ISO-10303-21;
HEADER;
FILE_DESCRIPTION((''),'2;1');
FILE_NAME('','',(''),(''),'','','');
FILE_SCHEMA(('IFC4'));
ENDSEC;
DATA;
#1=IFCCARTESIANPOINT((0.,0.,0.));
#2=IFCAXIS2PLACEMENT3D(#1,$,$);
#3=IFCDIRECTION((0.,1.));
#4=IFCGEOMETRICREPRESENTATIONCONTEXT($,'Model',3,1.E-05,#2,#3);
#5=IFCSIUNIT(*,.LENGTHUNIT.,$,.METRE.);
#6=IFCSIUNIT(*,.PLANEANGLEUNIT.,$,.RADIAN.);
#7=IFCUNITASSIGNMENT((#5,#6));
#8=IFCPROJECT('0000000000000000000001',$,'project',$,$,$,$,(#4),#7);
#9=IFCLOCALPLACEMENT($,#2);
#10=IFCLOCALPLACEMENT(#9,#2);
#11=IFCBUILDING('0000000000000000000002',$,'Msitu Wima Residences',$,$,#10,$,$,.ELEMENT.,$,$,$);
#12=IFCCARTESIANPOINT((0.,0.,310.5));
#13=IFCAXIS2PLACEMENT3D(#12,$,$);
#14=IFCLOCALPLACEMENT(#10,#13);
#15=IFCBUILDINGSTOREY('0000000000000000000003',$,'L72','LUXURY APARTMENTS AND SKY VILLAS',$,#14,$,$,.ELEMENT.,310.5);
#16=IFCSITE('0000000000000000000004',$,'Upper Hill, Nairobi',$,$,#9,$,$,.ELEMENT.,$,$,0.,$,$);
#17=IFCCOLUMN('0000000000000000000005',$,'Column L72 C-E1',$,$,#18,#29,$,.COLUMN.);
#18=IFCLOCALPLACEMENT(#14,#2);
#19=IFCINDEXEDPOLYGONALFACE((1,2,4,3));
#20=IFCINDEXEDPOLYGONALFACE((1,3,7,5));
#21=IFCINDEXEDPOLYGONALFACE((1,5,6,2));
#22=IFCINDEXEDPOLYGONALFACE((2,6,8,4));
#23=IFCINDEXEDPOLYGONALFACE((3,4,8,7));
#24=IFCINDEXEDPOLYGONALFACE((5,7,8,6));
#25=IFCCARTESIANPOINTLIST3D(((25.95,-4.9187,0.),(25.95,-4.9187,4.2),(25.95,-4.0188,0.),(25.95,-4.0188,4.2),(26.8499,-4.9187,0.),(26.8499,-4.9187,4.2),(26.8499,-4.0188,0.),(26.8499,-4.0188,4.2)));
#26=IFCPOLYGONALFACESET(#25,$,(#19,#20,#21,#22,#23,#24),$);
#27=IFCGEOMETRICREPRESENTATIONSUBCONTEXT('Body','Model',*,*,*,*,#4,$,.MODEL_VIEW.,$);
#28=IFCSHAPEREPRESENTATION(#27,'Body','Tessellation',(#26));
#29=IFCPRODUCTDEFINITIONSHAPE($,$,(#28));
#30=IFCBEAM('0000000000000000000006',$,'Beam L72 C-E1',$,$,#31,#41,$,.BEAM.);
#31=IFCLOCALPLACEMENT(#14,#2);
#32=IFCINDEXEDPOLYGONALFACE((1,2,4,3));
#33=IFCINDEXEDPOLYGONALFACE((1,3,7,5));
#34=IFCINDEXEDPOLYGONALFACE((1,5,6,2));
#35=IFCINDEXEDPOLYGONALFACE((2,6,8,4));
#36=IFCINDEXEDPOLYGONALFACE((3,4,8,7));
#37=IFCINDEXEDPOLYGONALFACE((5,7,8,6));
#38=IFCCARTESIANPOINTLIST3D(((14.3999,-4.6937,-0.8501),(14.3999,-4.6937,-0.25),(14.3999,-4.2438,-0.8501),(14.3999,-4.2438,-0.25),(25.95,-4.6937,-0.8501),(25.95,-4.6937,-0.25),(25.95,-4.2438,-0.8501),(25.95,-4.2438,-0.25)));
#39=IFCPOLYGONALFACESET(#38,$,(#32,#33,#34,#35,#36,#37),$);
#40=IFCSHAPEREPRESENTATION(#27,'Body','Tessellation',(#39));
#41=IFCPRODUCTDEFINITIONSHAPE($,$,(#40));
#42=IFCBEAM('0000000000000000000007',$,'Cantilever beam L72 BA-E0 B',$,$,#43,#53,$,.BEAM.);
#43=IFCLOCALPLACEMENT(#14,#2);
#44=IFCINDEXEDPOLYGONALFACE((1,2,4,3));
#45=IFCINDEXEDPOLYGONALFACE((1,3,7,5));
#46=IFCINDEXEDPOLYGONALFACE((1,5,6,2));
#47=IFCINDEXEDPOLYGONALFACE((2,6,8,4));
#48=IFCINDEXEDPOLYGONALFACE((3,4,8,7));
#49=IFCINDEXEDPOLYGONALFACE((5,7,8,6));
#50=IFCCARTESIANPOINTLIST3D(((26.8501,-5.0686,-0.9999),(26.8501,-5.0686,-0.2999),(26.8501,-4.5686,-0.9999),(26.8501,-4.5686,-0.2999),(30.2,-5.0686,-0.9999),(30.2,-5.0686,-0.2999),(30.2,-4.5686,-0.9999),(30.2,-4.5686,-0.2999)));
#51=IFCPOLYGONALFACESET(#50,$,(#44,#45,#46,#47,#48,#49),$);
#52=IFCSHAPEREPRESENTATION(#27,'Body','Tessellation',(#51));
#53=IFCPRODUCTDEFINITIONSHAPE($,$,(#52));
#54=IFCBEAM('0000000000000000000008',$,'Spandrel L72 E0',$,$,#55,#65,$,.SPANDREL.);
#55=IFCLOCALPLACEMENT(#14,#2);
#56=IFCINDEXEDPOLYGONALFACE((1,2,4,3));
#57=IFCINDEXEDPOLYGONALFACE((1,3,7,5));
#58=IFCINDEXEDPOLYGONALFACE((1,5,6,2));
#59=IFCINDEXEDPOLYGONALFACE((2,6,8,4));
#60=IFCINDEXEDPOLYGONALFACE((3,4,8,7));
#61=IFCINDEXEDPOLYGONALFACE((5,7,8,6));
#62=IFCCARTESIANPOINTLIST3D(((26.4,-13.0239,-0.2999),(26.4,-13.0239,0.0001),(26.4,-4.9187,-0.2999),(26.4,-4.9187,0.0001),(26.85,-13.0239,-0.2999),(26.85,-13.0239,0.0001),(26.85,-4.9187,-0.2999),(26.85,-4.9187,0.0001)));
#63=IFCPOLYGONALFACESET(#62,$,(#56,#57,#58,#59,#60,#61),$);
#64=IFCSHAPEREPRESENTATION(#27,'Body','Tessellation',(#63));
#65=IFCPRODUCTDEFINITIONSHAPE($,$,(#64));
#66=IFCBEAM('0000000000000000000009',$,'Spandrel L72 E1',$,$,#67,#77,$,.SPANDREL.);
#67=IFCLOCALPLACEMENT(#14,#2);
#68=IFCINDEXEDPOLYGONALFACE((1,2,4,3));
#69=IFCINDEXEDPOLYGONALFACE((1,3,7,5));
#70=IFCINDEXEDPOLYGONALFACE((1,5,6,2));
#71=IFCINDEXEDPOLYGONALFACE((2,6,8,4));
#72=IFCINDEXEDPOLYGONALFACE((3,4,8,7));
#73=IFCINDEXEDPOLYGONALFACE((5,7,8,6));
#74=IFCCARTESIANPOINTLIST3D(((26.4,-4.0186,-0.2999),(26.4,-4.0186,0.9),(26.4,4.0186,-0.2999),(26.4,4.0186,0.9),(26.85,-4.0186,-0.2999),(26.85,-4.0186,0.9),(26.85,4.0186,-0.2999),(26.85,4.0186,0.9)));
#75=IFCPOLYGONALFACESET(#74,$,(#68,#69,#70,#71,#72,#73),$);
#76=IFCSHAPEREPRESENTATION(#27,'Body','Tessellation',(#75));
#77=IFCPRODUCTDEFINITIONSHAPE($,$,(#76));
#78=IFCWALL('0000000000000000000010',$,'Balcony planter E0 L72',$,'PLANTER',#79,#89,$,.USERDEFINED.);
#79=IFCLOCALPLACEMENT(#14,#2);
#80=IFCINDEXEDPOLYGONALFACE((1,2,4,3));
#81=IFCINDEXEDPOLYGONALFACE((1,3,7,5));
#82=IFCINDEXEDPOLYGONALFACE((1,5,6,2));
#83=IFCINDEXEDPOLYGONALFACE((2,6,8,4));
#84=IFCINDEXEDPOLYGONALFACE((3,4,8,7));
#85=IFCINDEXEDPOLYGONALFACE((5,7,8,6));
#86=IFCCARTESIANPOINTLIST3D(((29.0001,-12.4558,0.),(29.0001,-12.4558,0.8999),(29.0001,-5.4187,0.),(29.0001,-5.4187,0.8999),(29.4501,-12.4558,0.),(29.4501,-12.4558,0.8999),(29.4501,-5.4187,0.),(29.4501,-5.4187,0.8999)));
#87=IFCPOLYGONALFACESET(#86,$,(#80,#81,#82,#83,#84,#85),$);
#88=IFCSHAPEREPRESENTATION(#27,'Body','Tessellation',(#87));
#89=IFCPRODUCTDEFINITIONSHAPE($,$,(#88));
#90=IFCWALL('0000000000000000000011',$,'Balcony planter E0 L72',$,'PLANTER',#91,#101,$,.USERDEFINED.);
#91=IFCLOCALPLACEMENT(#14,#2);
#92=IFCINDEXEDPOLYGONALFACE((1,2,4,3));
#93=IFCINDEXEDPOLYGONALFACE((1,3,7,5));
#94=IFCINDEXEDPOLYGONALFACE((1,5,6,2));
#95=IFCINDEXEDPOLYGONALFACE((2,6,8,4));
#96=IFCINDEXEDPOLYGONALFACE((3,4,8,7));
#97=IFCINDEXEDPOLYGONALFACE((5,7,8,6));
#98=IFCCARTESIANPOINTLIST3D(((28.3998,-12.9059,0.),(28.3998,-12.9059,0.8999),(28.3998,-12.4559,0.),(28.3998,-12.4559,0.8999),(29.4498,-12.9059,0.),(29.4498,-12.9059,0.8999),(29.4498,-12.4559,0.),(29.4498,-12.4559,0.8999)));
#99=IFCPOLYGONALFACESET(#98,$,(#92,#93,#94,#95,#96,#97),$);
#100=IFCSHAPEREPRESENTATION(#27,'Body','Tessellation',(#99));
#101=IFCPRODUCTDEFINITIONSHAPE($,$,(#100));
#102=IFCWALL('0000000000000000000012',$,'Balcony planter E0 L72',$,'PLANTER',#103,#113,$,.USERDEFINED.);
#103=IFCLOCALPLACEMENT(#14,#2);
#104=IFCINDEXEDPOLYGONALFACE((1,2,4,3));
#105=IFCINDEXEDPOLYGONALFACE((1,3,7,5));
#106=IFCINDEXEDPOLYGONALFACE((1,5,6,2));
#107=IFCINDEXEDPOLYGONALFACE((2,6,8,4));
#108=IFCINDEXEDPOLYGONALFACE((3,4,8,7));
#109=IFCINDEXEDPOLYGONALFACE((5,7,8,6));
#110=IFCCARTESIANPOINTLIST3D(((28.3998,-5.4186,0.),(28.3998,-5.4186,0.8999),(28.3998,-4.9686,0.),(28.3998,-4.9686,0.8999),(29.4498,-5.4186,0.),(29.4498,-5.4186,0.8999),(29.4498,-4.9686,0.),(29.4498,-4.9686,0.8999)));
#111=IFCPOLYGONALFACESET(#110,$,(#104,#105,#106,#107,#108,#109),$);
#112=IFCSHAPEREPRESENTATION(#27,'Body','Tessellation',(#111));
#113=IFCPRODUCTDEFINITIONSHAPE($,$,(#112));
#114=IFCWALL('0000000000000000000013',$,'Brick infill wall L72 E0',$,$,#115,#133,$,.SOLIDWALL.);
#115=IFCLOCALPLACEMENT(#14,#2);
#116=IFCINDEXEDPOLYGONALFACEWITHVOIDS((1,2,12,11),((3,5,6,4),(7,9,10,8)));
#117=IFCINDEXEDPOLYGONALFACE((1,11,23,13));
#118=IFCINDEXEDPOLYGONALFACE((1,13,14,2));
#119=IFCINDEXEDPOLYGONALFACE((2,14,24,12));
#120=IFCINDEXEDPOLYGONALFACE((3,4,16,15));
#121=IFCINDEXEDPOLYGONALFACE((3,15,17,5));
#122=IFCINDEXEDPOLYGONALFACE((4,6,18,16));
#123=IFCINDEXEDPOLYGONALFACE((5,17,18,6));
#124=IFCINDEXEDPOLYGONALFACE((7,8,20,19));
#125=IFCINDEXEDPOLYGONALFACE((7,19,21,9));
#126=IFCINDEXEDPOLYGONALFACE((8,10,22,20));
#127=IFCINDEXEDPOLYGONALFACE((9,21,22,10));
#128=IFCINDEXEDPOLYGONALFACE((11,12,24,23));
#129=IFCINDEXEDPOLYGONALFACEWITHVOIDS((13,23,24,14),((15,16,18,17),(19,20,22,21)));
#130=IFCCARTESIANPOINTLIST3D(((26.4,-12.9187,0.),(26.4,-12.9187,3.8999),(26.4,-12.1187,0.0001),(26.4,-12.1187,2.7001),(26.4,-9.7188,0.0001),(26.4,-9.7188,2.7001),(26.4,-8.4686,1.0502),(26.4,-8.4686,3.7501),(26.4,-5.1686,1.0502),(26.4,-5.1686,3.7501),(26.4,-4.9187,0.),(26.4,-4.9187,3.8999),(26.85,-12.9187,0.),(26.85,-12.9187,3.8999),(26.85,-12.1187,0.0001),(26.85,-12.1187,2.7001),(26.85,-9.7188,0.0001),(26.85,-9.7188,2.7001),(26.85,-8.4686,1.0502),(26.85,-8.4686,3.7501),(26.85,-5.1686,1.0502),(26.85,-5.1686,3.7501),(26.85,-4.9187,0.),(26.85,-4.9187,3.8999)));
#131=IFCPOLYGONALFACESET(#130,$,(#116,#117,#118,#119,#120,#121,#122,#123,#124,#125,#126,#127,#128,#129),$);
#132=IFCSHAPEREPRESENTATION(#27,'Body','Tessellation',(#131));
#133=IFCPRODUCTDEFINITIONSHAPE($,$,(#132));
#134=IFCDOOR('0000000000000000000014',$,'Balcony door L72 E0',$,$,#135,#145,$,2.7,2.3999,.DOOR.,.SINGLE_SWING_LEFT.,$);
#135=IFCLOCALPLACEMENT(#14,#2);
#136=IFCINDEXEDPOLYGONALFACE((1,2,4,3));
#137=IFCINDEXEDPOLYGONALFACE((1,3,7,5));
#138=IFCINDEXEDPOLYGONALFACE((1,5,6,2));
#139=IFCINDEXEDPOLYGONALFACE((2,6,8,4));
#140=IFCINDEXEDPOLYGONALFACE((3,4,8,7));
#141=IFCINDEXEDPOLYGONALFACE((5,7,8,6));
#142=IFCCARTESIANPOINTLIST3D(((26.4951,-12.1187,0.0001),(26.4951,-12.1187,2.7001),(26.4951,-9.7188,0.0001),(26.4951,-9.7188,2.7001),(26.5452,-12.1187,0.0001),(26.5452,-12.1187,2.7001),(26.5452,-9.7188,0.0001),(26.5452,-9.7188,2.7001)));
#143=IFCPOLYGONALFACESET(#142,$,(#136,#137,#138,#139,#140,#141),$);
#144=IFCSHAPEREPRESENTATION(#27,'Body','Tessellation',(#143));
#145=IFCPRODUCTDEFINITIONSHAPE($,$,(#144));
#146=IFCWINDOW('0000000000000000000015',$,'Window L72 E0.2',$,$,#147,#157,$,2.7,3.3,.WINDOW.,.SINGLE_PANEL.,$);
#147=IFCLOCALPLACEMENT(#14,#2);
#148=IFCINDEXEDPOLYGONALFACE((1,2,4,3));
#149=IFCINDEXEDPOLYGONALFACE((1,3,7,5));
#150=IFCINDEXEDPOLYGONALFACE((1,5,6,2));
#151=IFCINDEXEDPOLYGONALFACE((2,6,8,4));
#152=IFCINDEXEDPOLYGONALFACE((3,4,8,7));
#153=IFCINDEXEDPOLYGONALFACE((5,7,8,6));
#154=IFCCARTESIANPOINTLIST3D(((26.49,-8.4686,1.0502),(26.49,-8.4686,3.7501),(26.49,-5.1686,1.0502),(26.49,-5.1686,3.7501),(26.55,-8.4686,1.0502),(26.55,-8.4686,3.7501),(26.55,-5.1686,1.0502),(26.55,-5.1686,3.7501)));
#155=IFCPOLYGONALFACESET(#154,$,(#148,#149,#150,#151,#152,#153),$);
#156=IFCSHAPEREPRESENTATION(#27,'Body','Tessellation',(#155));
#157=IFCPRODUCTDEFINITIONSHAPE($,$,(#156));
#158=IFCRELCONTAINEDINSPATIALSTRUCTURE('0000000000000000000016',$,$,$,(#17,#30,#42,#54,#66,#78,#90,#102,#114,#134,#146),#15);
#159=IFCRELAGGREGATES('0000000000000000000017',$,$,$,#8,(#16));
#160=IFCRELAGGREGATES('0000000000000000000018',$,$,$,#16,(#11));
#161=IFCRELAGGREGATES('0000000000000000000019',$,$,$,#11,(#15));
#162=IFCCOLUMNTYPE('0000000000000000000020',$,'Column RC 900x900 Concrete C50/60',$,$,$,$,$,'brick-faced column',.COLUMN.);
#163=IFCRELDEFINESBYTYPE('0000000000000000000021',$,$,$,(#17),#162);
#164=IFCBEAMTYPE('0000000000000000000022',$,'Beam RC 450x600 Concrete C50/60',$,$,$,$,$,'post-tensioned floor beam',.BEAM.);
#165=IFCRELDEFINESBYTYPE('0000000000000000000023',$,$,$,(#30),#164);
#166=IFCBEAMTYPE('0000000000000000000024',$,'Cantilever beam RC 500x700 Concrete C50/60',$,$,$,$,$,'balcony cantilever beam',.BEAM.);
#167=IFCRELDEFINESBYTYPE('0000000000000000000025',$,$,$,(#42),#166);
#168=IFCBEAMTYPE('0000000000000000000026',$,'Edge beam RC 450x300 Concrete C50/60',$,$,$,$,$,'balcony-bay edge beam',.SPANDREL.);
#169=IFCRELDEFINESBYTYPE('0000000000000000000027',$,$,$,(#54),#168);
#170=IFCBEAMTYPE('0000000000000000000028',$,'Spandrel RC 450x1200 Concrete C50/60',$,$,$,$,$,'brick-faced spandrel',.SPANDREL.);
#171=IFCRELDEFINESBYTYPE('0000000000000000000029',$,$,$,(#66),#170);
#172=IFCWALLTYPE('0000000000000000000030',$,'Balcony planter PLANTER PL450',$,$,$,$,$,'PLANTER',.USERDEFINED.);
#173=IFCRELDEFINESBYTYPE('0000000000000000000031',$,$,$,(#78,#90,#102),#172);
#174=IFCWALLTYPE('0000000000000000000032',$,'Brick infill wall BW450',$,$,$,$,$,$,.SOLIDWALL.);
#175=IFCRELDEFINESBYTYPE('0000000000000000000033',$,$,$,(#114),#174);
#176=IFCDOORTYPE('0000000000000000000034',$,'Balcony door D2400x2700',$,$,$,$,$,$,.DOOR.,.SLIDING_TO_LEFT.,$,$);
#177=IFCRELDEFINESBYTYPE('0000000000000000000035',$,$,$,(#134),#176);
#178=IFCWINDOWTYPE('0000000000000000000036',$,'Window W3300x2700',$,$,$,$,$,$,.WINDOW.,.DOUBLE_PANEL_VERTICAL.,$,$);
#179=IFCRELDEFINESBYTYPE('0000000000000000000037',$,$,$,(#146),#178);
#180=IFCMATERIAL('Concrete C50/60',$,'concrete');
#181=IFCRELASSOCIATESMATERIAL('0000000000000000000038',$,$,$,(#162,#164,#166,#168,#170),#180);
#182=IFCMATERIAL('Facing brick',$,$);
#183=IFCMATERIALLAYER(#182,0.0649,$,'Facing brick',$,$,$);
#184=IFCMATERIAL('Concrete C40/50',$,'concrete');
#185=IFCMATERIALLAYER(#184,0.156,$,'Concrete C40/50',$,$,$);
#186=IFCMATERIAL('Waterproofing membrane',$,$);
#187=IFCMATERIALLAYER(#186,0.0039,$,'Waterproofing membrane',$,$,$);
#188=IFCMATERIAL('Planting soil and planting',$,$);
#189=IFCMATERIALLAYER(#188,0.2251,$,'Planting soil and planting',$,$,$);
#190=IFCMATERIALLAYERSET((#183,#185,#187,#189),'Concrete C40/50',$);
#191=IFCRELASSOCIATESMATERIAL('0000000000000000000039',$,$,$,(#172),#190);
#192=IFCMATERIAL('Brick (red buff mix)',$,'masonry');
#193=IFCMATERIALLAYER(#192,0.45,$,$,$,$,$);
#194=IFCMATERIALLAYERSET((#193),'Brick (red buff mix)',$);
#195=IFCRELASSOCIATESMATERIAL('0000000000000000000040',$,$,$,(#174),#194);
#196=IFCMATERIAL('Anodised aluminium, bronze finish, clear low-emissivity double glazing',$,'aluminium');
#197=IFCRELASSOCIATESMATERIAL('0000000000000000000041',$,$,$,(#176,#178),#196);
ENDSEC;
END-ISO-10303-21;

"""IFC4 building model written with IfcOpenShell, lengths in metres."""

from ifc_helpers import new_model, si_unit, direction, frame, frame_2d, origin, origin_2d, place, context, subcontext, project, spatial, rectangle, extrude, material, layer, layer_set, material_profile, profile_set, type_object, element, fill, save


model = new_model("IFC4")

# Units and contexts
model_context = context("Model", 3, precision=1e-05, world=origin(), true_north=direction((0.0, 1.0)))
body_context = subcontext(model_context, "Body", "Model", "MODEL_VIEW")
ifc_project = project(units=[si_unit("LENGTHUNIT", "METRE"), si_unit("PLANEANGLEUNIT", "RADIAN")], contexts=[model_context])

# Site, building, storey
site_placement = place(None, origin())
site = spatial("IfcSite", under=ifc_project, at=site_placement, Name="Upper Hill, Nairobi", CompositionType="ELEMENT", RefElevation=0.0)
building_placement = place(site_placement, origin())
building = spatial("IfcBuilding", under=site, at=building_placement, Name="Msitu Wima Residences", CompositionType="ELEMENT")
storey_placement = place(building_placement, frame((0.0, 0.0, 310.5)))
storey = spatial("IfcBuildingStorey", under=building, at=storey_placement, Name="L72", Description="LUXURY APARTMENTS AND SKY VILLAS", CompositionType="ELEMENT", Elevation=310.5)

# Column
ifc_material_1 = material(Name="Concrete C50/60", Category="concrete")
ifc_material_profile_1 = material_profile(ifc_material_1, rectangle(XDim=0.8999, YDim=0.8999, at=origin_2d()), Name="RC 900x900")
ifc_profile_set_1 = profile_set([ifc_material_profile_1], Name="Concrete C50/60")
column_type = type_object("IfcColumnType", Name="Column RC 900x900 Concrete C50/60", ElementType="brick-faced column", PredefinedType="COLUMN", material=ifc_profile_set_1)
column_placement = place(storey_placement, frame((26.3999, -4.4688, 0.0), z_axis=(0.0, 0.0, 1.0), x_axis=(0.0, 1.0, 0.0)))
element("IfcColumn", 1, at=column_placement, inside=storey, type_object=column_type, Name="Column L72 C-E1", PredefinedType="COLUMN", context=body_context, shape_type="SweptSolid", body=[
    extrude(rectangle(XDim=0.8999, YDim=0.8999, at=origin_2d()), origin(), (0.0, 0.0, 1.0), 4.2),
])

# Beams
ifc_material_profile_2 = material_profile(ifc_material_1, rectangle(XDim=0.45, YDim=0.6001, at=origin_2d()), Name="RC 450x600")
ifc_profile_set_2 = profile_set([ifc_material_profile_2], Name="Concrete C50/60")
beam_type_1 = type_object("IfcBeamType", Name="Beam RC 450x600 Concrete C50/60", ElementType="post-tensioned floor beam", PredefinedType="BEAM", material=ifc_profile_set_2)
beam_1_placement = place(storey_placement, frame((25.95, -4.4688, -0.55), z_axis=(-1.0, 0.0, 0.0), x_axis=(0.0, -1.0, 0.0)))
element("IfcBeam", 2, at=beam_1_placement, inside=storey, type_object=beam_type_1, Name="Beam L72 C-E1", PredefinedType="BEAM", context=body_context, shape_type="SweptSolid", body=[
    extrude(rectangle(XDim=0.45, YDim=0.6001, at=origin_2d()), origin(), (0.0, 0.0, 1.0), 11.55),
])
ifc_material_profile_3 = material_profile(ifc_material_1, rectangle(XDim=0.5, YDim=0.7, at=origin_2d()), Name="RC 500x700")
ifc_profile_set_3 = profile_set([ifc_material_profile_3], Name="Concrete C50/60")
beam_type_2 = type_object("IfcBeamType", Name="Cantilever beam RC 500x700 Concrete C50/60", ElementType="balcony cantilever beam", PredefinedType="BEAM", material=ifc_profile_set_3)
beam_2_placement = place(storey_placement, frame((26.8501, -4.8186, -0.6499), z_axis=(1.0, 0.0, 0.0), x_axis=(0.0, 1.0, 0.0)))
element("IfcBeam", 3, at=beam_2_placement, inside=storey, type_object=beam_type_2, Name="Cantilever beam L72 BA-E0 B", PredefinedType="BEAM", context=body_context, shape_type="SweptSolid", body=[
    extrude(rectangle(XDim=0.5, YDim=0.7, at=origin_2d()), origin(), (0.0, 0.0, 1.0), 3.3499),
])
ifc_material_profile_4 = material_profile(ifc_material_1, rectangle(XDim=0.45, YDim=0.3, at=origin_2d()), Name="RC 450x300")
ifc_profile_set_4 = profile_set([ifc_material_profile_4], Name="Concrete C50/60")
beam_type_3 = type_object("IfcBeamType", Name="Edge beam RC 450x300 Concrete C50/60", ElementType="balcony-bay edge beam", PredefinedType="SPANDREL", material=ifc_profile_set_4)
beam_3_placement = place(storey_placement, frame((26.625, -13.0239, -0.1499), z_axis=(0.0, 1.0, 0.0), x_axis=(-1.0, 0.0, 0.0)))
element("IfcBeam", 4, at=beam_3_placement, inside=storey, type_object=beam_type_3, Name="Spandrel L72 E0", PredefinedType="SPANDREL", context=body_context, shape_type="SweptSolid", body=[
    extrude(rectangle(XDim=0.45, YDim=0.3, at=origin_2d()), origin(), (0.0, 0.0, 1.0), 8.1052),
])
ifc_material_profile_5 = material_profile(ifc_material_1, rectangle(XDim=0.45, YDim=1.2, at=origin_2d()), Name="RC 450x1200")
ifc_profile_set_5 = profile_set([ifc_material_profile_5], Name="Concrete C50/60")
beam_type_4 = type_object("IfcBeamType", Name="Spandrel RC 450x1200 Concrete C50/60", ElementType="brick-faced spandrel", PredefinedType="SPANDREL", material=ifc_profile_set_5)
beam_4_placement = place(storey_placement, frame((26.625, -4.0186, 0.3), z_axis=(0.0, 1.0, 0.0), x_axis=(-1.0, 0.0, 0.0)))
element("IfcBeam", 5, at=beam_4_placement, inside=storey, type_object=beam_type_4, Name="Spandrel L72 E1", PredefinedType="SPANDREL", context=body_context, shape_type="SweptSolid", body=[
    extrude(rectangle(XDim=0.45, YDim=1.2, at=origin_2d()), origin(), (0.0, 0.0, 1.0), 8.0371),
])

# Walls
ifc_material_2 = material(Name="Facing brick")
ifc_layer_1 = layer(ifc_material_2, 0.0649, Name="Facing brick")
ifc_material_3 = material(Name="Concrete C40/50", Category="concrete")
ifc_layer_2 = layer(ifc_material_3, 0.156, Name="Concrete C40/50")
ifc_material_4 = material(Name="Waterproofing membrane")
ifc_layer_3 = layer(ifc_material_4, 0.0039, Name="Waterproofing membrane")
ifc_material_5 = material(Name="Planting soil and planting")
ifc_layer_4 = layer(ifc_material_5, 0.2251, Name="Planting soil and planting")
ifc_layer_set_1 = layer_set([ifc_layer_1, ifc_layer_2, ifc_layer_3, ifc_layer_4], Name="Concrete C40/50")
wall_type_1 = type_object("IfcWallType", Name="Balcony planter PLANTER PL450", ElementType="PLANTER", PredefinedType="USERDEFINED", material=ifc_layer_set_1)
wall_1_placement = place(storey_placement, frame((29.2251, -12.4558, 0.0), z_axis=(0.0, 0.0, 1.0), x_axis=(0.0, 1.0, 0.0)))
element("IfcWall", 6, at=wall_1_placement, inside=storey, type_object=wall_type_1, Name="Balcony planter E0 L72", ObjectType="PLANTER", PredefinedType="USERDEFINED", context=body_context, shape_type="SweptSolid", body=[
    extrude(rectangle(XDim=7.0371, YDim=0.45, at=frame_2d((3.5186, 0.0))), origin(), (0.0, 0.0, 1.0), 0.8999),
])
for number, where, z_axis, x_axis, name in (
    (7, (28.3999, -12.6809, 0.0), (0.0, 0.0, 1.0), (1.0, 0.0, 0.0), "Balcony planter E0 L72"),
    (8, (28.3999, -5.1936, 0.0), (0.0, 0.0, 1.0), (1.0, 0.0, 0.0), "Balcony planter E0 L72"),
):
    element("IfcWall", number, at=place(storey_placement, frame(where, z_axis=z_axis, x_axis=x_axis)), inside=storey, type_object=wall_type_1, Name=name, ObjectType="PLANTER", PredefinedType="USERDEFINED", context=body_context, shape_type="SweptSolid", body=[
        extrude(rectangle(XDim=1.05, YDim=0.45, at=frame_2d((0.5249, 0.0))), origin(), (0.0, 0.0, 1.0), 0.8999),
    ])

# Wall, openings, door, window
ifc_material_6 = material(Name="Brick (red buff mix)", Category="masonry")
ifc_layer_5 = layer(ifc_material_6, 0.45)
ifc_layer_set_2 = layer_set([ifc_layer_5], Name="Brick (red buff mix)")
wall_type_2 = type_object("IfcWallType", Name="Brick infill wall BW450", PredefinedType="SOLIDWALL", material=ifc_layer_set_2)
wall_2_placement = place(storey_placement, frame((26.625, -12.9187, 0.0), z_axis=(0.0, 0.0, 1.0), x_axis=(0.0, 1.0, 0.0)))
wall_2 = element("IfcWall", 9, at=wall_2_placement, inside=storey, type_object=wall_type_2, Name="Brick infill wall L72 E0", PredefinedType="SOLIDWALL", context=body_context, shape_type="SweptSolid", body=[
    extrude(rectangle(XDim=8.0, YDim=0.45, at=frame_2d((4.0, 0.0))), origin(), (0.0, 0.0, 1.0), 3.8999),
])
opening_1_placement = place(wall_2_placement, frame((0.8, 0.0, 0.0)))
opening_1 = element("IfcOpeningElement", 10, at=opening_1_placement, cuts=wall_2, PredefinedType="OPENING", context=body_context, shape_type="SweptSolid", body=[
    extrude(rectangle(XDim=2.3999, YDim=2.7, at=frame_2d((1.2, 1.3501))), frame((0.0, 0.2349, 0.0), z_axis=(0.0, -1.0, 0.0), x_axis=(1.0, 0.0, 0.0)), (0.0, 0.0, 1.0), 0.47),
])
opening_2_placement = place(wall_2_placement, frame((4.4502, 0.0, 1.05)))
opening_2 = element("IfcOpeningElement", 11, at=opening_2_placement, cuts=wall_2, PredefinedType="OPENING", context=body_context, shape_type="SweptSolid", body=[
    extrude(rectangle(XDim=3.3, YDim=2.7, at=frame_2d((1.6499, 1.3501))), frame((0.0, 0.2349, 0.0), z_axis=(0.0, -1.0, 0.0), x_axis=(1.0, 0.0, 0.0)), (0.0, 0.0, 1.0), 0.47),
])
ifc_material_7 = material(Name="Anodised aluminium, bronze finish, clear low-emissivity double glazing", Category="aluminium")
door_type = type_object("IfcDoorType", Name="Balcony door D2400x2700", OperationType="SLIDING_TO_LEFT", PredefinedType="DOOR", material=ifc_material_7)
door_placement = place(opening_1_placement, origin())
door = element("IfcDoor", 12, at=door_placement, inside=storey, type_object=door_type, Name="Balcony door L72 E0", OperationType="SINGLE_SWING_LEFT", OverallHeight=2.7, OverallWidth=2.3999, PredefinedType="DOOR", context=body_context, shape_type="SweptSolid", body=[
    extrude(rectangle(XDim=2.3999, YDim=2.7, at=frame_2d((1.2, 1.3501))), frame((0.0, 0.1299, 0.0), z_axis=(0.0, -1.0, 0.0), x_axis=(1.0, 0.0, 0.0)), (0.0, 0.0, 1.0), 0.05),
])
fill(opening_1, door)
window_type = type_object("IfcWindowType", Name="Window W3300x2700", PartitioningType="DOUBLE_PANEL_VERTICAL", PredefinedType="WINDOW", material=ifc_material_7)
window_1_placement = place(opening_2_placement, origin())
window_1 = element("IfcWindow", 13, at=window_1_placement, inside=storey, type_object=window_type, Name="Window L72 E0.2", OverallHeight=2.7, OverallWidth=3.3, PartitioningType="SINGLE_PANEL", PredefinedType="WINDOW", context=body_context, shape_type="SweptSolid", body=[
    extrude(rectangle(XDim=3.3, YDim=2.7, at=frame_2d((1.6499, 1.3501))), frame((0.0, 0.135, 0.0), z_axis=(0.0, -1.0, 0.0), x_axis=(1.0, 0.0, 0.0)), (0.0, 0.0, 1.0), 0.0601),
])
fill(opening_2, window_1)

save(model, "model.ifc")
